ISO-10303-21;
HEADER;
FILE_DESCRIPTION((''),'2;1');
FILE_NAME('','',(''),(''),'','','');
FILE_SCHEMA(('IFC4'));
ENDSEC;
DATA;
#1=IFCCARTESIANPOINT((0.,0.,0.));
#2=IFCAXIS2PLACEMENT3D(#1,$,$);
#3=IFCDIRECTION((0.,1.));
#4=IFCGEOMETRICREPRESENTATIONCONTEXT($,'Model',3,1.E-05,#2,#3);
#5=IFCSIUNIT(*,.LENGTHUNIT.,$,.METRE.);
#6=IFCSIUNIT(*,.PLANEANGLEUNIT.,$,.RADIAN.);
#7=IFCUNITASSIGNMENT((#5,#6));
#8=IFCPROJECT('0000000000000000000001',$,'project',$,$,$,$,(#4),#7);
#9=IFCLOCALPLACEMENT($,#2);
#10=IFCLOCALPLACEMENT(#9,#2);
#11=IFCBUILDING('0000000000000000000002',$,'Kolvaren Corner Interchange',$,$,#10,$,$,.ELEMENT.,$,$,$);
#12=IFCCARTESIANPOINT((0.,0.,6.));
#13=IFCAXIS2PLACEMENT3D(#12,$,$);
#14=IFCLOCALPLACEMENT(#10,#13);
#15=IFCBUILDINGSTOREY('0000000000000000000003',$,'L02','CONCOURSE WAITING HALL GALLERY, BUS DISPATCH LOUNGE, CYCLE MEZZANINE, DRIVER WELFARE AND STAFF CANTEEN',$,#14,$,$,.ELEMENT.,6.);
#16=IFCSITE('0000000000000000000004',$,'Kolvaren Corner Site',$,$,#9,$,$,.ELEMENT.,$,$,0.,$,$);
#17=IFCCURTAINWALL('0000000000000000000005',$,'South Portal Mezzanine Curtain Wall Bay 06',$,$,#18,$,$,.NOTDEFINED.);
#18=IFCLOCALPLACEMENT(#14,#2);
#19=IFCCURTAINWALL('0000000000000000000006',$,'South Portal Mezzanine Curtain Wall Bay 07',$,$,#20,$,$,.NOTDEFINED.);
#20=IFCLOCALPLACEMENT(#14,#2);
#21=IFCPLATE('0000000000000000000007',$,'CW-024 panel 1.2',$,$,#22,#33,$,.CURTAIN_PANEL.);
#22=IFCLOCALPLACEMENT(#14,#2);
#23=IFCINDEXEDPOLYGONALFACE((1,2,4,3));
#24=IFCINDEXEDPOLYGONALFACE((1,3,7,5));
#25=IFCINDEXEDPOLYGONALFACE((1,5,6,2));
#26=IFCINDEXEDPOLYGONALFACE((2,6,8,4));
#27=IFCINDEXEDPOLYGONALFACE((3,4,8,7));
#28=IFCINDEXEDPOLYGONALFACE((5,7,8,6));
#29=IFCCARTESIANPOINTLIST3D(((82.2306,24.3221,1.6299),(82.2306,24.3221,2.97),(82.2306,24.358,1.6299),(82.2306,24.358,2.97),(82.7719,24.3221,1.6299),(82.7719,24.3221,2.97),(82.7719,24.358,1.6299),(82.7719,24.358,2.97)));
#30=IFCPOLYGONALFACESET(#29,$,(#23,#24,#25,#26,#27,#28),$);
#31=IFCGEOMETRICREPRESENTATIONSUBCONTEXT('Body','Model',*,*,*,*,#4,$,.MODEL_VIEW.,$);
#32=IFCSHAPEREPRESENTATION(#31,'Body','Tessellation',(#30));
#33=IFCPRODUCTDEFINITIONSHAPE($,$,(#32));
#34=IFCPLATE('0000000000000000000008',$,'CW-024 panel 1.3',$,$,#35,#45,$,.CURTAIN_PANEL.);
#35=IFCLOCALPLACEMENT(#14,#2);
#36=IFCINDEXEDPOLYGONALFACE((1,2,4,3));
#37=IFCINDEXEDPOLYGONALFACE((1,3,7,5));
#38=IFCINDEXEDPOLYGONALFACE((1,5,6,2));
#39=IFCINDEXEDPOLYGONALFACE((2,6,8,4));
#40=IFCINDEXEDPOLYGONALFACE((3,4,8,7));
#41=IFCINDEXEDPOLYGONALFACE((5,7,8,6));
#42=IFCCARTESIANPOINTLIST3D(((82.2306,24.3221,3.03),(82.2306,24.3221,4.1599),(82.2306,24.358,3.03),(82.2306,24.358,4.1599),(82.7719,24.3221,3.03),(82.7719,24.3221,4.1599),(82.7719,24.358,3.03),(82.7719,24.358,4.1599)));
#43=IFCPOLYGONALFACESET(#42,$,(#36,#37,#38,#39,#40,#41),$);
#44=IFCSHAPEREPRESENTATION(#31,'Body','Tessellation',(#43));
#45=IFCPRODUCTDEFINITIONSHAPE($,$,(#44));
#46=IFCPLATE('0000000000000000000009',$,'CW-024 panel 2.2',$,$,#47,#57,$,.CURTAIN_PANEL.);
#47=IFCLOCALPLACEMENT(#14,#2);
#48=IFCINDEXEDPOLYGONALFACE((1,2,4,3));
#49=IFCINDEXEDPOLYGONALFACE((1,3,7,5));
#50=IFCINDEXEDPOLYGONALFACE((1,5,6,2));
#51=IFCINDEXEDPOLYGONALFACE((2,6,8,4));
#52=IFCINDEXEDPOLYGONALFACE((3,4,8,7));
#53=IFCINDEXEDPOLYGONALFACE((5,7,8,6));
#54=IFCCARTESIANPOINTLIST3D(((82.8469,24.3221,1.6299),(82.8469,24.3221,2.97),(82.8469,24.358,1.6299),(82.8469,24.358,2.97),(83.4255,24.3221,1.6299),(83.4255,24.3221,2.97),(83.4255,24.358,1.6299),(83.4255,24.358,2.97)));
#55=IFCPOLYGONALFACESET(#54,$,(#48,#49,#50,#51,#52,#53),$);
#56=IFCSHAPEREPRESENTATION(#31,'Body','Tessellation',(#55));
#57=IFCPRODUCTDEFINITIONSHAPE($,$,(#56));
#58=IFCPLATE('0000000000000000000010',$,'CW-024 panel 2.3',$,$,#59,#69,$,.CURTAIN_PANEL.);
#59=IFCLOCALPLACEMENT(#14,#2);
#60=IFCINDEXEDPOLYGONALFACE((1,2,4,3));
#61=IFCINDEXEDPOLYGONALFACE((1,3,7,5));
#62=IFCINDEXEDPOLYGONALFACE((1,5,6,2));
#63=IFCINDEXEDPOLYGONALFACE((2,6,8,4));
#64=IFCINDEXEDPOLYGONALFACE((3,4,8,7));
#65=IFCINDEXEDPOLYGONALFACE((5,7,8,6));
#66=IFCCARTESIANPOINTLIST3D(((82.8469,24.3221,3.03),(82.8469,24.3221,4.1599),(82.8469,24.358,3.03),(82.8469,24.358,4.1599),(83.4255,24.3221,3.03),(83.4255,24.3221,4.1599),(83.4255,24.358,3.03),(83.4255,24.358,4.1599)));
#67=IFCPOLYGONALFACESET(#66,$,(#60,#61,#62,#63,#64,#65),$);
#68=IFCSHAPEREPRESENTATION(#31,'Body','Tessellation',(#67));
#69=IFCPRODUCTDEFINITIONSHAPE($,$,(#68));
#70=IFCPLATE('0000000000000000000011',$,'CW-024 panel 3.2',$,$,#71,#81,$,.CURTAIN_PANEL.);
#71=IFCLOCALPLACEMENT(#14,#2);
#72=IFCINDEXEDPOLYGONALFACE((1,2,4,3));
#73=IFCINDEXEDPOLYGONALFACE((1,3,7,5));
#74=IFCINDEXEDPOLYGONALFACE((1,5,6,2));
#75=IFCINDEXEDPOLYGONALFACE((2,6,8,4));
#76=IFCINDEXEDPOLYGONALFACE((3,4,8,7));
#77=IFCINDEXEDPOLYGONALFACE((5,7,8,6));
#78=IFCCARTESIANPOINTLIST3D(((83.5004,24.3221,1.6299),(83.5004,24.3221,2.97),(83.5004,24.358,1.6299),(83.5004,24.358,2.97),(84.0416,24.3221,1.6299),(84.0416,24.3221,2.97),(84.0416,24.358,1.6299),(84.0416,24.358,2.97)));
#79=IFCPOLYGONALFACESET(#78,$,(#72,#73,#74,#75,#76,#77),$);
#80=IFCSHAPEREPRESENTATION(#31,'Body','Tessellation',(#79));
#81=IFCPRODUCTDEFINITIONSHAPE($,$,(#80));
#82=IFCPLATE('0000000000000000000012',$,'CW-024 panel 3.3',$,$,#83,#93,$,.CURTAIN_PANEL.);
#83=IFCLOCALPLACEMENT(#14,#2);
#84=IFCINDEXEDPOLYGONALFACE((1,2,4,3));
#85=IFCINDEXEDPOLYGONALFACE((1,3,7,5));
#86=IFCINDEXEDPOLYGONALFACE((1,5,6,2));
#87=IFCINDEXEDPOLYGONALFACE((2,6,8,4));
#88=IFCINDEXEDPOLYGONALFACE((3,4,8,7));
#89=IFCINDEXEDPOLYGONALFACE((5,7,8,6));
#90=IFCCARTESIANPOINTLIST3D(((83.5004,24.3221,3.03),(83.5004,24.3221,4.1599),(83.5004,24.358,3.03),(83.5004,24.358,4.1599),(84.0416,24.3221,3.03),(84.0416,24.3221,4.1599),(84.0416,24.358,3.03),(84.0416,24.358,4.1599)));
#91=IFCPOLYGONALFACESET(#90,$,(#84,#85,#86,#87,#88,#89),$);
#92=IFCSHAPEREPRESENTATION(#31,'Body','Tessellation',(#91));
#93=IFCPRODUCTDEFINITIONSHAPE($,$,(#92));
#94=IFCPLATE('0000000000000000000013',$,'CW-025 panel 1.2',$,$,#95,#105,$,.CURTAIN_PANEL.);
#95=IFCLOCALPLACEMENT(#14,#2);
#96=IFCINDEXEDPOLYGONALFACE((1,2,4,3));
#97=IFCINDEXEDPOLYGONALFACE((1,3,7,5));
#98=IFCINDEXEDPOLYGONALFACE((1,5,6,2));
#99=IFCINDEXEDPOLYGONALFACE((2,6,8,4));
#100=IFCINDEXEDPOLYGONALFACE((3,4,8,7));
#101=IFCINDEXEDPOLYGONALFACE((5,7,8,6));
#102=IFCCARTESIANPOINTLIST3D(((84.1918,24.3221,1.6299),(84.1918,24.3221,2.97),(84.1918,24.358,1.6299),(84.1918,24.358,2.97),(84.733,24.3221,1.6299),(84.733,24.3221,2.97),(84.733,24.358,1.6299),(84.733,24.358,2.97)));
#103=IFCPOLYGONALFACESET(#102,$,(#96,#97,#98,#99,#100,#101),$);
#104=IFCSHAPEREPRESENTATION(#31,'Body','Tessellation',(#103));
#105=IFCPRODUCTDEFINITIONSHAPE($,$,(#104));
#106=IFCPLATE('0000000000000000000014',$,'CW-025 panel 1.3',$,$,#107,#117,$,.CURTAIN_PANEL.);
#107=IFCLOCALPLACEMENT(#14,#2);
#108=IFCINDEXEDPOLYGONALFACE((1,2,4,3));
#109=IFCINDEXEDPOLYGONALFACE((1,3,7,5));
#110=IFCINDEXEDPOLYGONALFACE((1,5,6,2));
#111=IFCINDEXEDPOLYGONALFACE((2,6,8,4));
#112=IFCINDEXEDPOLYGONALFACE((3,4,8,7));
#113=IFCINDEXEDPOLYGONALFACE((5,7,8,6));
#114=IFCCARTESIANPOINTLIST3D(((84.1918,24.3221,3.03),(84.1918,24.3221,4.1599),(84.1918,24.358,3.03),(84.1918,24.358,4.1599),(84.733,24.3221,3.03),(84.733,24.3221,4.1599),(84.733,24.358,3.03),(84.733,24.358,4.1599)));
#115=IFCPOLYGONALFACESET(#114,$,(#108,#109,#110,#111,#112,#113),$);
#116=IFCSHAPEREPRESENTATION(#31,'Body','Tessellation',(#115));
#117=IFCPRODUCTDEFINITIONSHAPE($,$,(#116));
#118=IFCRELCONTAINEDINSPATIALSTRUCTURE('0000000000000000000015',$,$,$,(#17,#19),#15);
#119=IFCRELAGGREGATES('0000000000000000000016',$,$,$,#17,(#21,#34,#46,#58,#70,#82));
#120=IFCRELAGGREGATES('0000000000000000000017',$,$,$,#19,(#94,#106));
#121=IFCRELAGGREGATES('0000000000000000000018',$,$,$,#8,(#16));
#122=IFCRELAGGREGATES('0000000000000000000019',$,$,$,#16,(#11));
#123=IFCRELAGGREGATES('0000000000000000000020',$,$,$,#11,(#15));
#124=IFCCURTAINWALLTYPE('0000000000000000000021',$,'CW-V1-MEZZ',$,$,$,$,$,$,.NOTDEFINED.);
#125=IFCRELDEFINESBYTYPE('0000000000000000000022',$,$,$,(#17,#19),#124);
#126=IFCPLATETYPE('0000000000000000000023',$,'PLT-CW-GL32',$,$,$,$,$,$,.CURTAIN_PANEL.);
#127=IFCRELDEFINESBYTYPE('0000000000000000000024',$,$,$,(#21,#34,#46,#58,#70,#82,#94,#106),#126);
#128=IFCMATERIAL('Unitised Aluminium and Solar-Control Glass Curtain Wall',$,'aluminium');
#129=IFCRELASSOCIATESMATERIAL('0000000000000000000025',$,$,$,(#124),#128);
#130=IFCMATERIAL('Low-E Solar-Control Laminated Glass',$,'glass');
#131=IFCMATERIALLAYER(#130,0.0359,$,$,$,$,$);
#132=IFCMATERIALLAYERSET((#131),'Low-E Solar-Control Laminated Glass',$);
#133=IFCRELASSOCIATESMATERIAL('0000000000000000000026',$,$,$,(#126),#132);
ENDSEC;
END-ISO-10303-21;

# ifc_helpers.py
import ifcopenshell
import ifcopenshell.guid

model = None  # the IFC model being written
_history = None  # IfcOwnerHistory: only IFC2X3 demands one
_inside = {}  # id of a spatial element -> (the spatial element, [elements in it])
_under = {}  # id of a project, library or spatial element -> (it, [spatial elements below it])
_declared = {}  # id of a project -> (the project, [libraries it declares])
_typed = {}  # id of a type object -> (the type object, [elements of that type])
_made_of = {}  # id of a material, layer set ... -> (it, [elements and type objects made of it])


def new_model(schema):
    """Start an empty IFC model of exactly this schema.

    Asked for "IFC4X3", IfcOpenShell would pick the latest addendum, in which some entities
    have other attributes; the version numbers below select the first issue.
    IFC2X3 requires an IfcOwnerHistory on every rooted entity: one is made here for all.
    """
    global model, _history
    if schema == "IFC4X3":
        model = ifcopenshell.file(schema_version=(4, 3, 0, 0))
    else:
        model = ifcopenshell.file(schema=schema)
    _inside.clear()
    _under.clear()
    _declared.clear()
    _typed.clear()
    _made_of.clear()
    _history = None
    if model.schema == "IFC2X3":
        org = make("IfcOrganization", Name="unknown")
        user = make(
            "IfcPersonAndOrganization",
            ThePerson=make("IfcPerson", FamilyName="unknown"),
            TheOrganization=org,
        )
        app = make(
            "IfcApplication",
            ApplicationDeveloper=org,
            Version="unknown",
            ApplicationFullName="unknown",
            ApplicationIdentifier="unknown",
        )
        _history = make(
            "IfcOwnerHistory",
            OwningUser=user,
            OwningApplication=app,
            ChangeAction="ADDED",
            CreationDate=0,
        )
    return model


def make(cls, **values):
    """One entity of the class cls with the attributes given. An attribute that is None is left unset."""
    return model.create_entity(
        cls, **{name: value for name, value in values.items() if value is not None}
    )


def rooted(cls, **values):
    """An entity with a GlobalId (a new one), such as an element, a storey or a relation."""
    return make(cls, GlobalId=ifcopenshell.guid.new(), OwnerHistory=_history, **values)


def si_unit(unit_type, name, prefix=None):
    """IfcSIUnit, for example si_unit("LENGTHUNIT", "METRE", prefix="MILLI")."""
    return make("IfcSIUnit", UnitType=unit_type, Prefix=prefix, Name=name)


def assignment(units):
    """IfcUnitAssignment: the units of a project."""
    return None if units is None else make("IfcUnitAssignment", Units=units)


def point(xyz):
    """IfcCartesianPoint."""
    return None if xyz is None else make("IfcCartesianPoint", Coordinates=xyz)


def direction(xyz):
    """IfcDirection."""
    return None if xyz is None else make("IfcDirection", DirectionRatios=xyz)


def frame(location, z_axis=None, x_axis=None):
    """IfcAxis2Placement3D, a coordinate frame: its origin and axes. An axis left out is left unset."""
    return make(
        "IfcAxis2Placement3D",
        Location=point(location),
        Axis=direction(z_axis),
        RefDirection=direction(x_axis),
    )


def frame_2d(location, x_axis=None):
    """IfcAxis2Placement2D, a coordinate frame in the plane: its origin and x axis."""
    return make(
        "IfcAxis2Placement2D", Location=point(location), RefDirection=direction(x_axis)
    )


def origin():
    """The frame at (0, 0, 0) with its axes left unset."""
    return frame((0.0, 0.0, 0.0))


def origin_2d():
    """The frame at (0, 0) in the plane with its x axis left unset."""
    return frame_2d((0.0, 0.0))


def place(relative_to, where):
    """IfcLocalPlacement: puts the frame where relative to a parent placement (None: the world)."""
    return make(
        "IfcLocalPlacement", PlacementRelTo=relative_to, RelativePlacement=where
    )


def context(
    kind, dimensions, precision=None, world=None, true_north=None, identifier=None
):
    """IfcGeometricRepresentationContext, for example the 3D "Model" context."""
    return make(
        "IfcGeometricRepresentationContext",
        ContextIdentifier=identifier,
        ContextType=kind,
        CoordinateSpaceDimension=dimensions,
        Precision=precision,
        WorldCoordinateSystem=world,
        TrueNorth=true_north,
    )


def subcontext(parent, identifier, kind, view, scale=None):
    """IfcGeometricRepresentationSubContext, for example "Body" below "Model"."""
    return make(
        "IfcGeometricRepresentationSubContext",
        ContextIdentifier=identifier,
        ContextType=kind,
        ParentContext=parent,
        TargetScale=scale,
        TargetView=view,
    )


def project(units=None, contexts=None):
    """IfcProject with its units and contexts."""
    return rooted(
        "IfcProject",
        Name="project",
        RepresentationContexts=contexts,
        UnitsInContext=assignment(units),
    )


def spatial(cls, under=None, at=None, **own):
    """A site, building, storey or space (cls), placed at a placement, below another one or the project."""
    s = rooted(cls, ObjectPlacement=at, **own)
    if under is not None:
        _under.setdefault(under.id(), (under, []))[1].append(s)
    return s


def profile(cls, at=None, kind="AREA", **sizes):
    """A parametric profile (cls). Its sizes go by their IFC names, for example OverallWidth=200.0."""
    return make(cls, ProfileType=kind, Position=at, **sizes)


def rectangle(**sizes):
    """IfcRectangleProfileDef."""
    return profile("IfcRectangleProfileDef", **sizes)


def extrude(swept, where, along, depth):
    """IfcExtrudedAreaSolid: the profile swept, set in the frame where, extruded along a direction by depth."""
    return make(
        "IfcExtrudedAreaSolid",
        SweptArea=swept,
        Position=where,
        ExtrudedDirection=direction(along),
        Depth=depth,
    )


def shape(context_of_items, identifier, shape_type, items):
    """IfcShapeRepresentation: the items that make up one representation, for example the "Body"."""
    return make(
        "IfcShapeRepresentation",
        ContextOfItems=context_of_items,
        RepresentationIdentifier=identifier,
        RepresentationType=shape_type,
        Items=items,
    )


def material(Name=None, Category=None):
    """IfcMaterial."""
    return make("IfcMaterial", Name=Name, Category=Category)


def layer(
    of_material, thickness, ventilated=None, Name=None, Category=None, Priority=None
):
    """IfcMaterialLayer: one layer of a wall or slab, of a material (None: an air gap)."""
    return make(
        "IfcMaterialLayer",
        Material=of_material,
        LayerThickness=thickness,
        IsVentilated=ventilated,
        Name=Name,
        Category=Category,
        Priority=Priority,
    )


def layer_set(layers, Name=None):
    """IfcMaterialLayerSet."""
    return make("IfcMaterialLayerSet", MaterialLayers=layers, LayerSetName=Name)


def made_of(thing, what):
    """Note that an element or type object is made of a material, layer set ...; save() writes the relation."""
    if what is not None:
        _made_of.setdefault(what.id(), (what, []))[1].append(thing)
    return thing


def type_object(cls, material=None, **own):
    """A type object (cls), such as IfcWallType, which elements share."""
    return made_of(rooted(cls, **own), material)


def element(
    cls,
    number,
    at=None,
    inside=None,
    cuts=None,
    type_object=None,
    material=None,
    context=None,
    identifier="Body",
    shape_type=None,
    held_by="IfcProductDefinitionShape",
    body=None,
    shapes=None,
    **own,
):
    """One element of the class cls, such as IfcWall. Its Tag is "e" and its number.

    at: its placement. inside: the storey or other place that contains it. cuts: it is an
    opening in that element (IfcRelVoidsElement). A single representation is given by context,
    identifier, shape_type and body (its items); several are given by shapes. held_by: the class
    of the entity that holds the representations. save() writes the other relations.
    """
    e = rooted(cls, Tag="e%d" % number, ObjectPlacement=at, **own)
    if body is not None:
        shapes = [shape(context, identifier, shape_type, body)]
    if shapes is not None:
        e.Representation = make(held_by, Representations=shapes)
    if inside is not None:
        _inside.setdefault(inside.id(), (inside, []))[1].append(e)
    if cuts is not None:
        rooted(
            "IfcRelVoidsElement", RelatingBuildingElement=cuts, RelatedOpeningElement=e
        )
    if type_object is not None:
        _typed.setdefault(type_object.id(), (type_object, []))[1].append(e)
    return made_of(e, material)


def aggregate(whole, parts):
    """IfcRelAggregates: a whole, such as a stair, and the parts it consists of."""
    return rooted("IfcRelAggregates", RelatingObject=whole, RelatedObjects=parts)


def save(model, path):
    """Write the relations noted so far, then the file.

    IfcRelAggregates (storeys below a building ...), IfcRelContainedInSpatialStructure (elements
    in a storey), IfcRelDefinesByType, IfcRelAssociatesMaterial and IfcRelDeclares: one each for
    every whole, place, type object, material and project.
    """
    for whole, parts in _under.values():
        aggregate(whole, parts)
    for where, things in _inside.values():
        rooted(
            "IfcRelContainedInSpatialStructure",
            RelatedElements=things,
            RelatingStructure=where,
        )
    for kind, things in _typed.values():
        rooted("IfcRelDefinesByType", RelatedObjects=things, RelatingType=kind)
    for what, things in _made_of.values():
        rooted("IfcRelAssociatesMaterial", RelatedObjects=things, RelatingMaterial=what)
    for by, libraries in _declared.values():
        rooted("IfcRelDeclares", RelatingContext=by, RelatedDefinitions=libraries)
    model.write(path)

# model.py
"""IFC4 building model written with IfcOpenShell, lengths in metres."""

from ifc_helpers import new_model, si_unit, direction, frame, origin, origin_2d, place, context, subcontext, project, spatial, rectangle, extrude, material, layer, layer_set, type_object, element, aggregate, save


model = new_model("IFC4")

# Units and contexts
model_context = context("Model", 3, precision=1e-05, world=origin(), true_north=direction((0.0, 1.0)))
body_context = subcontext(model_context, "Body", "Model", "MODEL_VIEW")
ifc_project = project(units=[si_unit("LENGTHUNIT", "METRE"), si_unit("PLANEANGLEUNIT", "RADIAN")], contexts=[model_context])

# Site, building, storey
site_placement = place(None, origin())
site = spatial("IfcSite", under=ifc_project, at=site_placement, Name="Kolvaren Corner Site", CompositionType="ELEMENT", RefElevation=0.0)
building_placement = place(site_placement, origin())
building = spatial("IfcBuilding", under=site, at=building_placement, Name="Kolvaren Corner Interchange", CompositionType="ELEMENT")
storey_placement = place(building_placement, frame((0.0, 0.0, 6.0)))
storey = spatial("IfcBuildingStorey", under=building, at=storey_placement, Name="L02", Description="CONCOURSE WAITING HALL GALLERY, BUS DISPATCH LOUNGE, CYCLE MEZZANINE, DRIVER WELFARE AND STAFF CANTEEN", CompositionType="ELEMENT", Elevation=6.0)

# Curtain walls
ifc_material_1 = material(Name="Unitised Aluminium and Solar-Control Glass Curtain Wall", Category="aluminium")
curtain_wall_type = type_object("IfcCurtainWallType", Name="CW-V1-MEZZ", PredefinedType="NOTDEFINED", material=ifc_material_1)
curtain_wall_1_placement = place(storey_placement, origin())
curtain_wall_1 = element("IfcCurtainWall", 1, at=curtain_wall_1_placement, inside=storey, type_object=curtain_wall_type, Name="South Portal Mezzanine Curtain Wall Bay 06", PredefinedType="NOTDEFINED")
curtain_wall_2_placement = place(storey_placement, origin())
curtain_wall_2 = element("IfcCurtainWall", 2, at=curtain_wall_2_placement, inside=storey, type_object=curtain_wall_type, Name="South Portal Mezzanine Curtain Wall Bay 07", PredefinedType="NOTDEFINED")

# Plates
ifc_material_2 = material(Name="Low-E Solar-Control Laminated Glass", Category="glass")
ifc_layer = layer(ifc_material_2, 0.0359)
ifc_layer_set = layer_set([ifc_layer], Name="Low-E Solar-Control Laminated Glass")
plate_type = type_object("IfcPlateType", Name="PLT-CW-GL32", PredefinedType="CURTAIN_PANEL", material=ifc_layer_set)
plate_1_placement = place(storey_placement, frame((82.5012, 24.3401, 1.6299), z_axis=(0.0, 0.0, 1.0), x_axis=(1.0, 0.0, 0.0)))
plate_1 = element("IfcPlate", 3, at=plate_1_placement, type_object=plate_type, Name="CW-024 panel 1.2", PredefinedType="CURTAIN_PANEL", context=body_context, shape_type="SweptSolid", body=[
    extrude(rectangle(XDim=0.5413, YDim=0.0359, at=origin_2d()), origin(), (0.0, 0.0, 1.0), 1.3401),
])
plate_2_placement = place(storey_placement, frame((82.5012, 24.3401, 3.03), z_axis=(0.0, 0.0, 1.0), x_axis=(1.0, 0.0, 0.0)))
plate_2 = element("IfcPlate", 4, at=plate_2_placement, type_object=plate_type, Name="CW-024 panel 1.3", PredefinedType="CURTAIN_PANEL", context=body_context, shape_type="SweptSolid", body=[
    extrude(rectangle(XDim=0.5413, YDim=0.0359, at=origin_2d()), origin(), (0.0, 0.0, 1.0), 1.1299),
])
plate_3_placement = place(storey_placement, frame((83.1362, 24.3401, 1.6299), z_axis=(0.0, 0.0, 1.0), x_axis=(1.0, 0.0, 0.0)))
plate_3 = element("IfcPlate", 5, at=plate_3_placement, type_object=plate_type, Name="CW-024 panel 2.2", PredefinedType="CURTAIN_PANEL", context=body_context, shape_type="SweptSolid", body=[
    extrude(rectangle(XDim=0.5786, YDim=0.0359, at=origin_2d()), origin(), (0.0, 0.0, 1.0), 1.3401),
])
plate_4_placement = place(storey_placement, frame((83.1362, 24.3401, 3.03), z_axis=(0.0, 0.0, 1.0), x_axis=(1.0, 0.0, 0.0)))
plate_4 = element("IfcPlate", 6, at=plate_4_placement, type_object=plate_type, Name="CW-024 panel 2.3", PredefinedType="CURTAIN_PANEL", context=body_context, shape_type="SweptSolid", body=[
    extrude(rectangle(XDim=0.5786, YDim=0.0359, at=origin_2d()), origin(), (0.0, 0.0, 1.0), 1.1299),
])
plate_5_placement = place(storey_placement, frame((83.771, 24.3401, 1.6299), z_axis=(0.0, 0.0, 1.0), x_axis=(1.0, 0.0, 0.0)))
plate_5 = element("IfcPlate", 7, at=plate_5_placement, type_object=plate_type, Name="CW-024 panel 3.2", PredefinedType="CURTAIN_PANEL", context=body_context, shape_type="SweptSolid", body=[
    extrude(rectangle(XDim=0.5413, YDim=0.0359, at=origin_2d()), origin(), (0.0, 0.0, 1.0), 1.3401),
])
plate_6_placement = place(storey_placement, frame((83.771, 24.3401, 3.03), z_axis=(0.0, 0.0, 1.0), x_axis=(1.0, 0.0, 0.0)))
plate_6 = element("IfcPlate", 8, at=plate_6_placement, type_object=plate_type, Name="CW-024 panel 3.3", PredefinedType="CURTAIN_PANEL", context=body_context, shape_type="SweptSolid", body=[
    extrude(rectangle(XDim=0.5413, YDim=0.0359, at=origin_2d()), origin(), (0.0, 0.0, 1.0), 1.1299),
])
aggregate(curtain_wall_1, [plate_1, plate_2, plate_3, plate_4, plate_5, plate_6])
plate_7_placement = place(storey_placement, frame((84.4624, 24.3401, 1.6299), z_axis=(0.0, 0.0, 1.0), x_axis=(1.0, 0.0, 0.0)))
plate_7 = element("IfcPlate", 9, at=plate_7_placement, type_object=plate_type, Name="CW-025 panel 1.2", PredefinedType="CURTAIN_PANEL", context=body_context, shape_type="SweptSolid", body=[
    extrude(rectangle(XDim=0.5413, YDim=0.0359, at=origin_2d()), origin(), (0.0, 0.0, 1.0), 1.3401),
])
plate_8_placement = place(storey_placement, frame((84.4624, 24.3401, 3.03), z_axis=(0.0, 0.0, 1.0), x_axis=(1.0, 0.0, 0.0)))
plate_8 = element("IfcPlate", 10, at=plate_8_placement, type_object=plate_type, Name="CW-025 panel 1.3", PredefinedType="CURTAIN_PANEL", context=body_context, shape_type="SweptSolid", body=[
    extrude(rectangle(XDim=0.5413, YDim=0.0359, at=origin_2d()), origin(), (0.0, 0.0, 1.0), 1.1299),
])
aggregate(curtain_wall_2, [plate_7, plate_8])

save(model, "model.ifc")
